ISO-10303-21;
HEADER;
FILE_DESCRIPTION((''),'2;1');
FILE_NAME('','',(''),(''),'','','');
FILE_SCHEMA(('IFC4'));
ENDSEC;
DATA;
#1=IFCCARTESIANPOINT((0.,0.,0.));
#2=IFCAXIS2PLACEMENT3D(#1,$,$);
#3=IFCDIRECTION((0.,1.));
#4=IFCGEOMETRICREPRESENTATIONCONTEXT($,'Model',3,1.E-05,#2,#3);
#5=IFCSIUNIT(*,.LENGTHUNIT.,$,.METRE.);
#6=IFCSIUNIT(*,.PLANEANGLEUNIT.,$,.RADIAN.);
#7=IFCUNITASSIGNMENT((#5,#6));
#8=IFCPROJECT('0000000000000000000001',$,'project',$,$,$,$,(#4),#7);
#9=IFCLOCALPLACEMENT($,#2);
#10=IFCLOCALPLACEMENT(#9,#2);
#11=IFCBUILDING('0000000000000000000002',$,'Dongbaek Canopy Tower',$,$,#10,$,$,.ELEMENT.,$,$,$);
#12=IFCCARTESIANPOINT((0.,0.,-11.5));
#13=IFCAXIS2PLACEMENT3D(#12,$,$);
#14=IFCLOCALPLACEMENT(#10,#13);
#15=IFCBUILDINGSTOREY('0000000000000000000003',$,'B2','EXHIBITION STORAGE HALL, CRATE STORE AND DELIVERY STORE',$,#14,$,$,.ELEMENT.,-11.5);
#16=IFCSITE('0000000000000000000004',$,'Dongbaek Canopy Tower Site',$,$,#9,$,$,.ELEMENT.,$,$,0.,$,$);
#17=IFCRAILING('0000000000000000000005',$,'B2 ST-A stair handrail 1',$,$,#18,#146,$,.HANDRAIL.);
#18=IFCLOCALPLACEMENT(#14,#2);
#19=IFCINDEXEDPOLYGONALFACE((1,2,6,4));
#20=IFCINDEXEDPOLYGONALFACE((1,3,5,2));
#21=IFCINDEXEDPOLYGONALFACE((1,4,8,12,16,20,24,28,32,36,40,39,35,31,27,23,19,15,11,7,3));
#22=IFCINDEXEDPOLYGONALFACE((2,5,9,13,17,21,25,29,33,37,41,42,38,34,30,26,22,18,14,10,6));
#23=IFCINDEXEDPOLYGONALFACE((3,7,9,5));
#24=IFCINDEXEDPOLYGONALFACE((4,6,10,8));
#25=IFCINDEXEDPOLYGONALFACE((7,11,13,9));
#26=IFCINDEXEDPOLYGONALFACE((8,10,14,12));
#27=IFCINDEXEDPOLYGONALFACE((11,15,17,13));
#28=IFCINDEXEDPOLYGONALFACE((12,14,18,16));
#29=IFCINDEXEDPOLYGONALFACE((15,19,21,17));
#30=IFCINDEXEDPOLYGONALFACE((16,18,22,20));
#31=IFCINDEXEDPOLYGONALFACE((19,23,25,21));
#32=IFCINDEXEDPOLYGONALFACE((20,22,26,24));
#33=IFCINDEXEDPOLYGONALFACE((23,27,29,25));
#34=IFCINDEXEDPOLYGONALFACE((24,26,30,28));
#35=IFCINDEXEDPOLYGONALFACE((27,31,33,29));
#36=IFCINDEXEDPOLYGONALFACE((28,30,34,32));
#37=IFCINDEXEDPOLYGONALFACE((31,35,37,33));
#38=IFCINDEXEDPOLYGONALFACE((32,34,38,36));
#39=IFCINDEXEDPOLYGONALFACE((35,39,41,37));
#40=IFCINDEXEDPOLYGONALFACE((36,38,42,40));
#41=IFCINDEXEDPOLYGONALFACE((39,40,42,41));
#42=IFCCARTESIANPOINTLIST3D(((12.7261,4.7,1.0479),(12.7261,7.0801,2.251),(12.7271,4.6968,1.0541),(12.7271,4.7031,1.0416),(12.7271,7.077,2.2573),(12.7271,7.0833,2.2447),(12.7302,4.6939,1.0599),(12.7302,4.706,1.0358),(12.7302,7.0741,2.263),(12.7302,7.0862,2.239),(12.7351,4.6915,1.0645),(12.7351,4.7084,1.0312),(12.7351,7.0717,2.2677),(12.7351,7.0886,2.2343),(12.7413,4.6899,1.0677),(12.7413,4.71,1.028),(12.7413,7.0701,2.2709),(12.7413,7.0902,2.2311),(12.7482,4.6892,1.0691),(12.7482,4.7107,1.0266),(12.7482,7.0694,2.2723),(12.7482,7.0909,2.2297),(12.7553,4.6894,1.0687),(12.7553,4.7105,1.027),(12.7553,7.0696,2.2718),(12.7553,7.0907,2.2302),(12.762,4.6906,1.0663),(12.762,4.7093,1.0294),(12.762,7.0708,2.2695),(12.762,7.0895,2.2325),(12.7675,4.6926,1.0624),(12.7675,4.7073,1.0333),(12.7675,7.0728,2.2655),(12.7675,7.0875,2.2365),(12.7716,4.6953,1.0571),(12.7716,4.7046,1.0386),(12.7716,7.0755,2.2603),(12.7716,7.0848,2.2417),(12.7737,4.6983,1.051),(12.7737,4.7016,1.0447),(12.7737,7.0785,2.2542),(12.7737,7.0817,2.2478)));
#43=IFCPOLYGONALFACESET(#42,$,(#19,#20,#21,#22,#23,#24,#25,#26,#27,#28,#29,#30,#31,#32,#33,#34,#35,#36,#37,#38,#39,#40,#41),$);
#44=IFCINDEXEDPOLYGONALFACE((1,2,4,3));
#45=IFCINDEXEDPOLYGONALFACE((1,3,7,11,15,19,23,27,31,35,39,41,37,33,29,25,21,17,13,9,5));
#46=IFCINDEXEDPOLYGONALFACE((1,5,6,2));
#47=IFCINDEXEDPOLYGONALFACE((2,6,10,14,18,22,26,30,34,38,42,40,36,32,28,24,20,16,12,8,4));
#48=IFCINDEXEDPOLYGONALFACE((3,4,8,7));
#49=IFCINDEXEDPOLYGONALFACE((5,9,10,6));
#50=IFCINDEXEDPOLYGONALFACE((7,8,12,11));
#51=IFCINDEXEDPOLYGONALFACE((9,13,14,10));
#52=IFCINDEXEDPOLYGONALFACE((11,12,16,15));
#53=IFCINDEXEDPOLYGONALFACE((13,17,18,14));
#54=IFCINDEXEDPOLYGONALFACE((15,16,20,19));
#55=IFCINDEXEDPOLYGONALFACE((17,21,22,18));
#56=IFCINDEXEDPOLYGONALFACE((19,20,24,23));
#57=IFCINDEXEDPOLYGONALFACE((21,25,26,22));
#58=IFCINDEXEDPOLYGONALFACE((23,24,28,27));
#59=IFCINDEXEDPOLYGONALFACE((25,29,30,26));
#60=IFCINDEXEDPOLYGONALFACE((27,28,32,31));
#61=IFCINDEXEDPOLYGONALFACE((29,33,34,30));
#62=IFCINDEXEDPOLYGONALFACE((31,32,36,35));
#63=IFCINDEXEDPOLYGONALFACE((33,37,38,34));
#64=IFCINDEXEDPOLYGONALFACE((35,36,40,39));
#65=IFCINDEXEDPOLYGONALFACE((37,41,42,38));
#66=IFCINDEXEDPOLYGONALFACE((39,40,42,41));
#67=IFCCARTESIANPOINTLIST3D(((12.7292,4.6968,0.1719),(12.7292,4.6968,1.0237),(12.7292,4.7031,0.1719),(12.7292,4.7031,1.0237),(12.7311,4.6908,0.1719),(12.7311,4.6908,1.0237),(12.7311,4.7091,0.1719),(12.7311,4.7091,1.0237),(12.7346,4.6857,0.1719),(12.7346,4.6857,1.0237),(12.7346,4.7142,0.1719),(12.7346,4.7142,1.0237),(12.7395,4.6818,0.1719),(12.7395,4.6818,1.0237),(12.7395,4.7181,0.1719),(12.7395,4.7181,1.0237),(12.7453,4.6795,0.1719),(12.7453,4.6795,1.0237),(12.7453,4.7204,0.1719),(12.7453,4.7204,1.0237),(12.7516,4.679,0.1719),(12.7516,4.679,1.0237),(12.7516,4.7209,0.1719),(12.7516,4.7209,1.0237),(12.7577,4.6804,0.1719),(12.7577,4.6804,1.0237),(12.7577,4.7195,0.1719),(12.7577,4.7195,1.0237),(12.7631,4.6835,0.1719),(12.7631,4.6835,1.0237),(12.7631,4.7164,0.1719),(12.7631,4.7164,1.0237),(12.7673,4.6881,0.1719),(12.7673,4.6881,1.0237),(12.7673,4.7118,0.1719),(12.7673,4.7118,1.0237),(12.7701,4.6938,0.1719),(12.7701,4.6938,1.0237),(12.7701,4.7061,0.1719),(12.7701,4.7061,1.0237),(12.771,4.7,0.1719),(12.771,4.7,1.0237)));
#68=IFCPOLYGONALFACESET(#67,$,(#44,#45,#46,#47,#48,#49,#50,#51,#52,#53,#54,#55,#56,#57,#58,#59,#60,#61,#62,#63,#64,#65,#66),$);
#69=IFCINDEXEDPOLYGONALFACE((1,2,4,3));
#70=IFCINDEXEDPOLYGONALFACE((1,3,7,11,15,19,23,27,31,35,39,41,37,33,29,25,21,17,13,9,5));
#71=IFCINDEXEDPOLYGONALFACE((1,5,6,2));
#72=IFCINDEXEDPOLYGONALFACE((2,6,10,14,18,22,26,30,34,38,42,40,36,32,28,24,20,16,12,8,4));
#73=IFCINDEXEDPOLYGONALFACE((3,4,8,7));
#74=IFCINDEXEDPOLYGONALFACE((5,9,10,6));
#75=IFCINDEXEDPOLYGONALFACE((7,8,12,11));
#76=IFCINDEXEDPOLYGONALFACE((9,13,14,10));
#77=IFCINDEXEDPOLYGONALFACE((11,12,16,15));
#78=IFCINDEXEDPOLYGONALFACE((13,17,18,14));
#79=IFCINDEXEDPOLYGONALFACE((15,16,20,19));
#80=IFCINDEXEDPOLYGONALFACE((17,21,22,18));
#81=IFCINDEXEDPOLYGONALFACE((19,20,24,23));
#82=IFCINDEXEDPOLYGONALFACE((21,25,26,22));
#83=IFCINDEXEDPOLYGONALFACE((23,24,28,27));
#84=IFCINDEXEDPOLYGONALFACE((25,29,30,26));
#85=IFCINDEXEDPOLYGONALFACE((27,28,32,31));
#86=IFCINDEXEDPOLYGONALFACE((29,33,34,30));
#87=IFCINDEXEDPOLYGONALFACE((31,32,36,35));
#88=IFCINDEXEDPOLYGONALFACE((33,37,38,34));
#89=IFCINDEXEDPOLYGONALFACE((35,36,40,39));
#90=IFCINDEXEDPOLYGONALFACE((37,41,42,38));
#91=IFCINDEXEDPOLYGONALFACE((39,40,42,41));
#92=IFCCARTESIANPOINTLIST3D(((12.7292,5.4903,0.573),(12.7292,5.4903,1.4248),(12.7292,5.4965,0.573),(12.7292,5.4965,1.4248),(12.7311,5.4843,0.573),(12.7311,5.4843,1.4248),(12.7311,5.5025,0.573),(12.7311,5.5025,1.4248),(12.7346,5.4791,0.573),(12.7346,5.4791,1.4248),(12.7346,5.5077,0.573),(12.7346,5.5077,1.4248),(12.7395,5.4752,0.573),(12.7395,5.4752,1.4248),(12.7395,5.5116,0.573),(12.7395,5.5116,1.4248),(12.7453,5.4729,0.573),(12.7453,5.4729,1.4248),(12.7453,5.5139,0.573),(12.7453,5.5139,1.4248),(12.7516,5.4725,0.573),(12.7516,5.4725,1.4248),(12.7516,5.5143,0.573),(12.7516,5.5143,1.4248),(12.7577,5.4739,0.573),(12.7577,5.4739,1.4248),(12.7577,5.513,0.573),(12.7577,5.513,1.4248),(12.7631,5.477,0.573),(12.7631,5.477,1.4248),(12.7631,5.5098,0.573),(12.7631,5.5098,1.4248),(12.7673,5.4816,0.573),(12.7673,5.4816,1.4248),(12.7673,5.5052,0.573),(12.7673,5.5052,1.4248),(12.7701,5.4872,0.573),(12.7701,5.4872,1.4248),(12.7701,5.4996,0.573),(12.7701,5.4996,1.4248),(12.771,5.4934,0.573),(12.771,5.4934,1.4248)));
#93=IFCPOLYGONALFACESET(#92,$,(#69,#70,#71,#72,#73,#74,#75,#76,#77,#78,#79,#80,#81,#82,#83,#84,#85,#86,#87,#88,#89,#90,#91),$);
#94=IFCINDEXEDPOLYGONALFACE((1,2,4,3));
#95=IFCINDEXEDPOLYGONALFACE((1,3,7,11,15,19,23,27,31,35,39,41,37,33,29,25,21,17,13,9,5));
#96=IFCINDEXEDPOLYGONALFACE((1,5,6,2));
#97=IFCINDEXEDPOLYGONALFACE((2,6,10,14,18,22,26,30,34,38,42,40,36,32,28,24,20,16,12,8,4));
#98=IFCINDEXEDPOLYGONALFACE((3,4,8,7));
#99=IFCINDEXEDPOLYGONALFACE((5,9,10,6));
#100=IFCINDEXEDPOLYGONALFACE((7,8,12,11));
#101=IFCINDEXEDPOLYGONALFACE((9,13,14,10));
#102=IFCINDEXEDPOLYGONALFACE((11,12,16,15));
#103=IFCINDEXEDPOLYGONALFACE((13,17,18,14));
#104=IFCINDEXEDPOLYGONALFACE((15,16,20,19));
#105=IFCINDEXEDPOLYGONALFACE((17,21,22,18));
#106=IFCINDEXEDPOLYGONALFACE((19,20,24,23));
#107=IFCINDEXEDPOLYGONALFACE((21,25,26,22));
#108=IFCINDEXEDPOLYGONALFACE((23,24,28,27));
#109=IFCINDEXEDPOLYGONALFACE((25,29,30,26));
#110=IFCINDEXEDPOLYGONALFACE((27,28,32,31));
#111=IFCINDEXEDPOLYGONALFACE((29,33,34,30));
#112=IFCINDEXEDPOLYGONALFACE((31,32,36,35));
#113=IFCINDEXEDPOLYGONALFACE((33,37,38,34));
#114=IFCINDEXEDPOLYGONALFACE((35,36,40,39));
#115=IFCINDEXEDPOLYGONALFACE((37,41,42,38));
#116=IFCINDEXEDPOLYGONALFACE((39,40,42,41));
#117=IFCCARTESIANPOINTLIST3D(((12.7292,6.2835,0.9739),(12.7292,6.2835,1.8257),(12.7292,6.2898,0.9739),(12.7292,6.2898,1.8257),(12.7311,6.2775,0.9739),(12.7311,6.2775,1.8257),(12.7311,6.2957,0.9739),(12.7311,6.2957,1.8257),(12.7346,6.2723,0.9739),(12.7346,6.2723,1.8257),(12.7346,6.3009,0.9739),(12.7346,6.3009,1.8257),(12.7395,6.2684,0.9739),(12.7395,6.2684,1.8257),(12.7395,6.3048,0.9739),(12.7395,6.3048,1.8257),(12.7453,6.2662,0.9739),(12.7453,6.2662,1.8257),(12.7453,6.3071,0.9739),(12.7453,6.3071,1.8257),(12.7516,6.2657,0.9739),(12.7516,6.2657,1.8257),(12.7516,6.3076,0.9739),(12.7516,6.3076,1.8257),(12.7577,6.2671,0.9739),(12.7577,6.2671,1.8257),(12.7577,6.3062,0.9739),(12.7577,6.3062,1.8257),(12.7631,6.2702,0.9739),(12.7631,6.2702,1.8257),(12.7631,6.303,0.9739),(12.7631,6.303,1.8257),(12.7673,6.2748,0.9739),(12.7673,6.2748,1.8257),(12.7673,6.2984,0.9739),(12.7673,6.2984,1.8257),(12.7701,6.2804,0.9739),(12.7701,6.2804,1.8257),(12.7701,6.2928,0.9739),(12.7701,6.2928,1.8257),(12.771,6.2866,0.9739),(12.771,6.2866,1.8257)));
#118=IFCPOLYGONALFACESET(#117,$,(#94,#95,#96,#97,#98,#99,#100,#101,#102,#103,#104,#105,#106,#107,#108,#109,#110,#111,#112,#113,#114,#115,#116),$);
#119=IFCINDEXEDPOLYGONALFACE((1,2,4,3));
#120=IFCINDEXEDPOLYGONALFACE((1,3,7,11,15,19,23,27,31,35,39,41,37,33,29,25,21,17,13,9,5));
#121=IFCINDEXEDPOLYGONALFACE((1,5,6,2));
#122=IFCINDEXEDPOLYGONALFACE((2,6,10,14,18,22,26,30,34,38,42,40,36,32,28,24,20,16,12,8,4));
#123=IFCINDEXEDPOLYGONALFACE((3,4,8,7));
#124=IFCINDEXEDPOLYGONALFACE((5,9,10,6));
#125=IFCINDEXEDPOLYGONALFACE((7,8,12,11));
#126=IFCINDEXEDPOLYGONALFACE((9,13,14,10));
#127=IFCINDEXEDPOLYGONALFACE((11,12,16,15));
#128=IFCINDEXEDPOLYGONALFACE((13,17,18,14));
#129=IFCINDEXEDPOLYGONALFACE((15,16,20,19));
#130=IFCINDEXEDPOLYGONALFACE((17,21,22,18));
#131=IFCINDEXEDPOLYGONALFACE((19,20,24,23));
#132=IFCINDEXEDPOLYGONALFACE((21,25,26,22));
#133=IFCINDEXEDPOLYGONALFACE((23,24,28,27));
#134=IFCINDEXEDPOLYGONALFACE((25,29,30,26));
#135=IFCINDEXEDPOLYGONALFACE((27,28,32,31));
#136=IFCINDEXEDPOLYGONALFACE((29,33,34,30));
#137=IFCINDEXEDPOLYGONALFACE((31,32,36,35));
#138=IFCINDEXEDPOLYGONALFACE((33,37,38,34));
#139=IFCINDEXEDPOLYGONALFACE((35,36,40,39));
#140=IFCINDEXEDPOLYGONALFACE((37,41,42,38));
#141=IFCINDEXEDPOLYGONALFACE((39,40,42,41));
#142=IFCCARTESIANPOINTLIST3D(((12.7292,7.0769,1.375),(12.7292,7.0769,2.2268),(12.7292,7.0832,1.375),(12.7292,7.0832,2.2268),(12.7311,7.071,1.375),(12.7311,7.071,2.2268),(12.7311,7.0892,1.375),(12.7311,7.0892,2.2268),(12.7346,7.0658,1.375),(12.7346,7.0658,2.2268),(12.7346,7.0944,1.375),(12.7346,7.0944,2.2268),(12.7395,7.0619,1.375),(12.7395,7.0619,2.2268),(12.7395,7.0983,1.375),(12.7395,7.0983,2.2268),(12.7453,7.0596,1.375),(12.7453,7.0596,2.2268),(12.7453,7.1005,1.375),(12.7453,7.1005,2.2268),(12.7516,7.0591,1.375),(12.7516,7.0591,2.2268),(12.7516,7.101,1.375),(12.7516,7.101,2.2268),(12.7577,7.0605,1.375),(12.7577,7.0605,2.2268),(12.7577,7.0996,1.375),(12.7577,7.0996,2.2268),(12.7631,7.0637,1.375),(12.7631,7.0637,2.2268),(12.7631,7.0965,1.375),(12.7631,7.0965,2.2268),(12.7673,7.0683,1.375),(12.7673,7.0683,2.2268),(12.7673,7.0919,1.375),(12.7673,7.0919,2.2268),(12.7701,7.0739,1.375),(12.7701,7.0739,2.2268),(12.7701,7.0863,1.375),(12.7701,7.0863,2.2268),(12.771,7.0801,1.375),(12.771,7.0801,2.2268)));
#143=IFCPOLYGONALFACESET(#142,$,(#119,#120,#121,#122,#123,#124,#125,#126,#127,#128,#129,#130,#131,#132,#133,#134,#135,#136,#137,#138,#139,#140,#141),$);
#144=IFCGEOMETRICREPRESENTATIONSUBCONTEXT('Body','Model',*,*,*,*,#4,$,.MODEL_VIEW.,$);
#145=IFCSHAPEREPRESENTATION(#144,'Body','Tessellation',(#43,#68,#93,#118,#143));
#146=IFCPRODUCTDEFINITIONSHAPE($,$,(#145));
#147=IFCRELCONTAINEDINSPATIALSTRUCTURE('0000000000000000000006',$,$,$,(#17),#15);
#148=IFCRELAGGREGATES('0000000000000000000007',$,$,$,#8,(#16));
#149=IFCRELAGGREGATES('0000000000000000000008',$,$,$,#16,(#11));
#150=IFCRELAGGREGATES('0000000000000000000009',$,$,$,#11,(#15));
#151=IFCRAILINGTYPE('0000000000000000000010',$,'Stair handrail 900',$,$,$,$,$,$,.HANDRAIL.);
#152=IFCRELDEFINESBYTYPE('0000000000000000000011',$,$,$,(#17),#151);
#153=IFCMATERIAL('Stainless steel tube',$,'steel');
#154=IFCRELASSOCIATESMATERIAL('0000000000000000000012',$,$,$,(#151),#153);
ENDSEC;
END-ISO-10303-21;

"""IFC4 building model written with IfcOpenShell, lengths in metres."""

from ifc_helpers import new_model, si_unit, direction, frame, origin, origin_2d, place, context, subcontext, project, spatial, circle, extrude, material, type_object, element, save


model = new_model("IFC4")

# Units and contexts
model_context = context("Model", 3, precision=1e-05, world=origin(), true_north=direction((0.0, 1.0)))
body_context = subcontext(model_context, "Body", "Model", "MODEL_VIEW")
ifc_project = project(units=[si_unit("LENGTHUNIT", "METRE"), si_unit("PLANEANGLEUNIT", "RADIAN")], contexts=[model_context])

# Site, building, storey
site_placement = place(None, origin())
site = spatial("IfcSite", under=ifc_project, at=site_placement, Name="Dongbaek Canopy Tower Site", CompositionType="ELEMENT", RefElevation=0.0)
building_placement = place(site_placement, origin())
building = spatial("IfcBuilding", under=site, at=building_placement, Name="Dongbaek Canopy Tower", CompositionType="ELEMENT")
storey_placement = place(building_placement, frame((0.0, 0.0, -11.5)))
storey = spatial("IfcBuildingStorey", under=building, at=storey_placement, Name="B2", Description="EXHIBITION STORAGE HALL, CRATE STORE AND DELIVERY STORE", CompositionType="ELEMENT", Elevation=-11.5)

# Railing
ifc_material_1 = material(Name="Stainless steel tube", Category="steel")
railing_type_1 = type_object("IfcRailingType", Name="Stair handrail 900", PredefinedType="HANDRAIL", material=ifc_material_1)
for number, where, name in (
    (1, (12.75, 4.7, 0.1719), "B2 ST-A stair handrail 1"),
):
    element("IfcRailing", number, at=place(storey_placement, frame(where)), inside=storey, type_object=railing_type_1, Name=name, PredefinedType="HANDRAIL", context=body_context, shape_type="SweptSolid", body=[
        extrude(circle(Radius=0.0239, at=origin_2d()), frame((0.0, 0.0, 0.876), z_axis=(0.0, 0.89246, 0.451127), x_axis=(-1.0, 0.0, 0.0)), (0.0, 0.0, 1.0), 2.667),
        extrude(circle(Radius=0.021, at=origin_2d()), origin(), (0.0, 0.0, 1.0), 0.8518),
        extrude(circle(Radius=0.021, at=origin_2d()), frame((0.0, 0.7935, 0.4011)), (0.0, 0.0, 1.0), 0.8518),
        extrude(circle(Radius=0.021, at=origin_2d()), frame((0.0, 1.5867, 0.802)), (0.0, 0.0, 1.0), 0.8518),
        extrude(circle(Radius=0.021, at=origin_2d()), frame((0.0, 2.3801, 1.2031)), (0.0, 0.0, 1.0), 0.8518),
    ])

save(model, "model.ifc")
